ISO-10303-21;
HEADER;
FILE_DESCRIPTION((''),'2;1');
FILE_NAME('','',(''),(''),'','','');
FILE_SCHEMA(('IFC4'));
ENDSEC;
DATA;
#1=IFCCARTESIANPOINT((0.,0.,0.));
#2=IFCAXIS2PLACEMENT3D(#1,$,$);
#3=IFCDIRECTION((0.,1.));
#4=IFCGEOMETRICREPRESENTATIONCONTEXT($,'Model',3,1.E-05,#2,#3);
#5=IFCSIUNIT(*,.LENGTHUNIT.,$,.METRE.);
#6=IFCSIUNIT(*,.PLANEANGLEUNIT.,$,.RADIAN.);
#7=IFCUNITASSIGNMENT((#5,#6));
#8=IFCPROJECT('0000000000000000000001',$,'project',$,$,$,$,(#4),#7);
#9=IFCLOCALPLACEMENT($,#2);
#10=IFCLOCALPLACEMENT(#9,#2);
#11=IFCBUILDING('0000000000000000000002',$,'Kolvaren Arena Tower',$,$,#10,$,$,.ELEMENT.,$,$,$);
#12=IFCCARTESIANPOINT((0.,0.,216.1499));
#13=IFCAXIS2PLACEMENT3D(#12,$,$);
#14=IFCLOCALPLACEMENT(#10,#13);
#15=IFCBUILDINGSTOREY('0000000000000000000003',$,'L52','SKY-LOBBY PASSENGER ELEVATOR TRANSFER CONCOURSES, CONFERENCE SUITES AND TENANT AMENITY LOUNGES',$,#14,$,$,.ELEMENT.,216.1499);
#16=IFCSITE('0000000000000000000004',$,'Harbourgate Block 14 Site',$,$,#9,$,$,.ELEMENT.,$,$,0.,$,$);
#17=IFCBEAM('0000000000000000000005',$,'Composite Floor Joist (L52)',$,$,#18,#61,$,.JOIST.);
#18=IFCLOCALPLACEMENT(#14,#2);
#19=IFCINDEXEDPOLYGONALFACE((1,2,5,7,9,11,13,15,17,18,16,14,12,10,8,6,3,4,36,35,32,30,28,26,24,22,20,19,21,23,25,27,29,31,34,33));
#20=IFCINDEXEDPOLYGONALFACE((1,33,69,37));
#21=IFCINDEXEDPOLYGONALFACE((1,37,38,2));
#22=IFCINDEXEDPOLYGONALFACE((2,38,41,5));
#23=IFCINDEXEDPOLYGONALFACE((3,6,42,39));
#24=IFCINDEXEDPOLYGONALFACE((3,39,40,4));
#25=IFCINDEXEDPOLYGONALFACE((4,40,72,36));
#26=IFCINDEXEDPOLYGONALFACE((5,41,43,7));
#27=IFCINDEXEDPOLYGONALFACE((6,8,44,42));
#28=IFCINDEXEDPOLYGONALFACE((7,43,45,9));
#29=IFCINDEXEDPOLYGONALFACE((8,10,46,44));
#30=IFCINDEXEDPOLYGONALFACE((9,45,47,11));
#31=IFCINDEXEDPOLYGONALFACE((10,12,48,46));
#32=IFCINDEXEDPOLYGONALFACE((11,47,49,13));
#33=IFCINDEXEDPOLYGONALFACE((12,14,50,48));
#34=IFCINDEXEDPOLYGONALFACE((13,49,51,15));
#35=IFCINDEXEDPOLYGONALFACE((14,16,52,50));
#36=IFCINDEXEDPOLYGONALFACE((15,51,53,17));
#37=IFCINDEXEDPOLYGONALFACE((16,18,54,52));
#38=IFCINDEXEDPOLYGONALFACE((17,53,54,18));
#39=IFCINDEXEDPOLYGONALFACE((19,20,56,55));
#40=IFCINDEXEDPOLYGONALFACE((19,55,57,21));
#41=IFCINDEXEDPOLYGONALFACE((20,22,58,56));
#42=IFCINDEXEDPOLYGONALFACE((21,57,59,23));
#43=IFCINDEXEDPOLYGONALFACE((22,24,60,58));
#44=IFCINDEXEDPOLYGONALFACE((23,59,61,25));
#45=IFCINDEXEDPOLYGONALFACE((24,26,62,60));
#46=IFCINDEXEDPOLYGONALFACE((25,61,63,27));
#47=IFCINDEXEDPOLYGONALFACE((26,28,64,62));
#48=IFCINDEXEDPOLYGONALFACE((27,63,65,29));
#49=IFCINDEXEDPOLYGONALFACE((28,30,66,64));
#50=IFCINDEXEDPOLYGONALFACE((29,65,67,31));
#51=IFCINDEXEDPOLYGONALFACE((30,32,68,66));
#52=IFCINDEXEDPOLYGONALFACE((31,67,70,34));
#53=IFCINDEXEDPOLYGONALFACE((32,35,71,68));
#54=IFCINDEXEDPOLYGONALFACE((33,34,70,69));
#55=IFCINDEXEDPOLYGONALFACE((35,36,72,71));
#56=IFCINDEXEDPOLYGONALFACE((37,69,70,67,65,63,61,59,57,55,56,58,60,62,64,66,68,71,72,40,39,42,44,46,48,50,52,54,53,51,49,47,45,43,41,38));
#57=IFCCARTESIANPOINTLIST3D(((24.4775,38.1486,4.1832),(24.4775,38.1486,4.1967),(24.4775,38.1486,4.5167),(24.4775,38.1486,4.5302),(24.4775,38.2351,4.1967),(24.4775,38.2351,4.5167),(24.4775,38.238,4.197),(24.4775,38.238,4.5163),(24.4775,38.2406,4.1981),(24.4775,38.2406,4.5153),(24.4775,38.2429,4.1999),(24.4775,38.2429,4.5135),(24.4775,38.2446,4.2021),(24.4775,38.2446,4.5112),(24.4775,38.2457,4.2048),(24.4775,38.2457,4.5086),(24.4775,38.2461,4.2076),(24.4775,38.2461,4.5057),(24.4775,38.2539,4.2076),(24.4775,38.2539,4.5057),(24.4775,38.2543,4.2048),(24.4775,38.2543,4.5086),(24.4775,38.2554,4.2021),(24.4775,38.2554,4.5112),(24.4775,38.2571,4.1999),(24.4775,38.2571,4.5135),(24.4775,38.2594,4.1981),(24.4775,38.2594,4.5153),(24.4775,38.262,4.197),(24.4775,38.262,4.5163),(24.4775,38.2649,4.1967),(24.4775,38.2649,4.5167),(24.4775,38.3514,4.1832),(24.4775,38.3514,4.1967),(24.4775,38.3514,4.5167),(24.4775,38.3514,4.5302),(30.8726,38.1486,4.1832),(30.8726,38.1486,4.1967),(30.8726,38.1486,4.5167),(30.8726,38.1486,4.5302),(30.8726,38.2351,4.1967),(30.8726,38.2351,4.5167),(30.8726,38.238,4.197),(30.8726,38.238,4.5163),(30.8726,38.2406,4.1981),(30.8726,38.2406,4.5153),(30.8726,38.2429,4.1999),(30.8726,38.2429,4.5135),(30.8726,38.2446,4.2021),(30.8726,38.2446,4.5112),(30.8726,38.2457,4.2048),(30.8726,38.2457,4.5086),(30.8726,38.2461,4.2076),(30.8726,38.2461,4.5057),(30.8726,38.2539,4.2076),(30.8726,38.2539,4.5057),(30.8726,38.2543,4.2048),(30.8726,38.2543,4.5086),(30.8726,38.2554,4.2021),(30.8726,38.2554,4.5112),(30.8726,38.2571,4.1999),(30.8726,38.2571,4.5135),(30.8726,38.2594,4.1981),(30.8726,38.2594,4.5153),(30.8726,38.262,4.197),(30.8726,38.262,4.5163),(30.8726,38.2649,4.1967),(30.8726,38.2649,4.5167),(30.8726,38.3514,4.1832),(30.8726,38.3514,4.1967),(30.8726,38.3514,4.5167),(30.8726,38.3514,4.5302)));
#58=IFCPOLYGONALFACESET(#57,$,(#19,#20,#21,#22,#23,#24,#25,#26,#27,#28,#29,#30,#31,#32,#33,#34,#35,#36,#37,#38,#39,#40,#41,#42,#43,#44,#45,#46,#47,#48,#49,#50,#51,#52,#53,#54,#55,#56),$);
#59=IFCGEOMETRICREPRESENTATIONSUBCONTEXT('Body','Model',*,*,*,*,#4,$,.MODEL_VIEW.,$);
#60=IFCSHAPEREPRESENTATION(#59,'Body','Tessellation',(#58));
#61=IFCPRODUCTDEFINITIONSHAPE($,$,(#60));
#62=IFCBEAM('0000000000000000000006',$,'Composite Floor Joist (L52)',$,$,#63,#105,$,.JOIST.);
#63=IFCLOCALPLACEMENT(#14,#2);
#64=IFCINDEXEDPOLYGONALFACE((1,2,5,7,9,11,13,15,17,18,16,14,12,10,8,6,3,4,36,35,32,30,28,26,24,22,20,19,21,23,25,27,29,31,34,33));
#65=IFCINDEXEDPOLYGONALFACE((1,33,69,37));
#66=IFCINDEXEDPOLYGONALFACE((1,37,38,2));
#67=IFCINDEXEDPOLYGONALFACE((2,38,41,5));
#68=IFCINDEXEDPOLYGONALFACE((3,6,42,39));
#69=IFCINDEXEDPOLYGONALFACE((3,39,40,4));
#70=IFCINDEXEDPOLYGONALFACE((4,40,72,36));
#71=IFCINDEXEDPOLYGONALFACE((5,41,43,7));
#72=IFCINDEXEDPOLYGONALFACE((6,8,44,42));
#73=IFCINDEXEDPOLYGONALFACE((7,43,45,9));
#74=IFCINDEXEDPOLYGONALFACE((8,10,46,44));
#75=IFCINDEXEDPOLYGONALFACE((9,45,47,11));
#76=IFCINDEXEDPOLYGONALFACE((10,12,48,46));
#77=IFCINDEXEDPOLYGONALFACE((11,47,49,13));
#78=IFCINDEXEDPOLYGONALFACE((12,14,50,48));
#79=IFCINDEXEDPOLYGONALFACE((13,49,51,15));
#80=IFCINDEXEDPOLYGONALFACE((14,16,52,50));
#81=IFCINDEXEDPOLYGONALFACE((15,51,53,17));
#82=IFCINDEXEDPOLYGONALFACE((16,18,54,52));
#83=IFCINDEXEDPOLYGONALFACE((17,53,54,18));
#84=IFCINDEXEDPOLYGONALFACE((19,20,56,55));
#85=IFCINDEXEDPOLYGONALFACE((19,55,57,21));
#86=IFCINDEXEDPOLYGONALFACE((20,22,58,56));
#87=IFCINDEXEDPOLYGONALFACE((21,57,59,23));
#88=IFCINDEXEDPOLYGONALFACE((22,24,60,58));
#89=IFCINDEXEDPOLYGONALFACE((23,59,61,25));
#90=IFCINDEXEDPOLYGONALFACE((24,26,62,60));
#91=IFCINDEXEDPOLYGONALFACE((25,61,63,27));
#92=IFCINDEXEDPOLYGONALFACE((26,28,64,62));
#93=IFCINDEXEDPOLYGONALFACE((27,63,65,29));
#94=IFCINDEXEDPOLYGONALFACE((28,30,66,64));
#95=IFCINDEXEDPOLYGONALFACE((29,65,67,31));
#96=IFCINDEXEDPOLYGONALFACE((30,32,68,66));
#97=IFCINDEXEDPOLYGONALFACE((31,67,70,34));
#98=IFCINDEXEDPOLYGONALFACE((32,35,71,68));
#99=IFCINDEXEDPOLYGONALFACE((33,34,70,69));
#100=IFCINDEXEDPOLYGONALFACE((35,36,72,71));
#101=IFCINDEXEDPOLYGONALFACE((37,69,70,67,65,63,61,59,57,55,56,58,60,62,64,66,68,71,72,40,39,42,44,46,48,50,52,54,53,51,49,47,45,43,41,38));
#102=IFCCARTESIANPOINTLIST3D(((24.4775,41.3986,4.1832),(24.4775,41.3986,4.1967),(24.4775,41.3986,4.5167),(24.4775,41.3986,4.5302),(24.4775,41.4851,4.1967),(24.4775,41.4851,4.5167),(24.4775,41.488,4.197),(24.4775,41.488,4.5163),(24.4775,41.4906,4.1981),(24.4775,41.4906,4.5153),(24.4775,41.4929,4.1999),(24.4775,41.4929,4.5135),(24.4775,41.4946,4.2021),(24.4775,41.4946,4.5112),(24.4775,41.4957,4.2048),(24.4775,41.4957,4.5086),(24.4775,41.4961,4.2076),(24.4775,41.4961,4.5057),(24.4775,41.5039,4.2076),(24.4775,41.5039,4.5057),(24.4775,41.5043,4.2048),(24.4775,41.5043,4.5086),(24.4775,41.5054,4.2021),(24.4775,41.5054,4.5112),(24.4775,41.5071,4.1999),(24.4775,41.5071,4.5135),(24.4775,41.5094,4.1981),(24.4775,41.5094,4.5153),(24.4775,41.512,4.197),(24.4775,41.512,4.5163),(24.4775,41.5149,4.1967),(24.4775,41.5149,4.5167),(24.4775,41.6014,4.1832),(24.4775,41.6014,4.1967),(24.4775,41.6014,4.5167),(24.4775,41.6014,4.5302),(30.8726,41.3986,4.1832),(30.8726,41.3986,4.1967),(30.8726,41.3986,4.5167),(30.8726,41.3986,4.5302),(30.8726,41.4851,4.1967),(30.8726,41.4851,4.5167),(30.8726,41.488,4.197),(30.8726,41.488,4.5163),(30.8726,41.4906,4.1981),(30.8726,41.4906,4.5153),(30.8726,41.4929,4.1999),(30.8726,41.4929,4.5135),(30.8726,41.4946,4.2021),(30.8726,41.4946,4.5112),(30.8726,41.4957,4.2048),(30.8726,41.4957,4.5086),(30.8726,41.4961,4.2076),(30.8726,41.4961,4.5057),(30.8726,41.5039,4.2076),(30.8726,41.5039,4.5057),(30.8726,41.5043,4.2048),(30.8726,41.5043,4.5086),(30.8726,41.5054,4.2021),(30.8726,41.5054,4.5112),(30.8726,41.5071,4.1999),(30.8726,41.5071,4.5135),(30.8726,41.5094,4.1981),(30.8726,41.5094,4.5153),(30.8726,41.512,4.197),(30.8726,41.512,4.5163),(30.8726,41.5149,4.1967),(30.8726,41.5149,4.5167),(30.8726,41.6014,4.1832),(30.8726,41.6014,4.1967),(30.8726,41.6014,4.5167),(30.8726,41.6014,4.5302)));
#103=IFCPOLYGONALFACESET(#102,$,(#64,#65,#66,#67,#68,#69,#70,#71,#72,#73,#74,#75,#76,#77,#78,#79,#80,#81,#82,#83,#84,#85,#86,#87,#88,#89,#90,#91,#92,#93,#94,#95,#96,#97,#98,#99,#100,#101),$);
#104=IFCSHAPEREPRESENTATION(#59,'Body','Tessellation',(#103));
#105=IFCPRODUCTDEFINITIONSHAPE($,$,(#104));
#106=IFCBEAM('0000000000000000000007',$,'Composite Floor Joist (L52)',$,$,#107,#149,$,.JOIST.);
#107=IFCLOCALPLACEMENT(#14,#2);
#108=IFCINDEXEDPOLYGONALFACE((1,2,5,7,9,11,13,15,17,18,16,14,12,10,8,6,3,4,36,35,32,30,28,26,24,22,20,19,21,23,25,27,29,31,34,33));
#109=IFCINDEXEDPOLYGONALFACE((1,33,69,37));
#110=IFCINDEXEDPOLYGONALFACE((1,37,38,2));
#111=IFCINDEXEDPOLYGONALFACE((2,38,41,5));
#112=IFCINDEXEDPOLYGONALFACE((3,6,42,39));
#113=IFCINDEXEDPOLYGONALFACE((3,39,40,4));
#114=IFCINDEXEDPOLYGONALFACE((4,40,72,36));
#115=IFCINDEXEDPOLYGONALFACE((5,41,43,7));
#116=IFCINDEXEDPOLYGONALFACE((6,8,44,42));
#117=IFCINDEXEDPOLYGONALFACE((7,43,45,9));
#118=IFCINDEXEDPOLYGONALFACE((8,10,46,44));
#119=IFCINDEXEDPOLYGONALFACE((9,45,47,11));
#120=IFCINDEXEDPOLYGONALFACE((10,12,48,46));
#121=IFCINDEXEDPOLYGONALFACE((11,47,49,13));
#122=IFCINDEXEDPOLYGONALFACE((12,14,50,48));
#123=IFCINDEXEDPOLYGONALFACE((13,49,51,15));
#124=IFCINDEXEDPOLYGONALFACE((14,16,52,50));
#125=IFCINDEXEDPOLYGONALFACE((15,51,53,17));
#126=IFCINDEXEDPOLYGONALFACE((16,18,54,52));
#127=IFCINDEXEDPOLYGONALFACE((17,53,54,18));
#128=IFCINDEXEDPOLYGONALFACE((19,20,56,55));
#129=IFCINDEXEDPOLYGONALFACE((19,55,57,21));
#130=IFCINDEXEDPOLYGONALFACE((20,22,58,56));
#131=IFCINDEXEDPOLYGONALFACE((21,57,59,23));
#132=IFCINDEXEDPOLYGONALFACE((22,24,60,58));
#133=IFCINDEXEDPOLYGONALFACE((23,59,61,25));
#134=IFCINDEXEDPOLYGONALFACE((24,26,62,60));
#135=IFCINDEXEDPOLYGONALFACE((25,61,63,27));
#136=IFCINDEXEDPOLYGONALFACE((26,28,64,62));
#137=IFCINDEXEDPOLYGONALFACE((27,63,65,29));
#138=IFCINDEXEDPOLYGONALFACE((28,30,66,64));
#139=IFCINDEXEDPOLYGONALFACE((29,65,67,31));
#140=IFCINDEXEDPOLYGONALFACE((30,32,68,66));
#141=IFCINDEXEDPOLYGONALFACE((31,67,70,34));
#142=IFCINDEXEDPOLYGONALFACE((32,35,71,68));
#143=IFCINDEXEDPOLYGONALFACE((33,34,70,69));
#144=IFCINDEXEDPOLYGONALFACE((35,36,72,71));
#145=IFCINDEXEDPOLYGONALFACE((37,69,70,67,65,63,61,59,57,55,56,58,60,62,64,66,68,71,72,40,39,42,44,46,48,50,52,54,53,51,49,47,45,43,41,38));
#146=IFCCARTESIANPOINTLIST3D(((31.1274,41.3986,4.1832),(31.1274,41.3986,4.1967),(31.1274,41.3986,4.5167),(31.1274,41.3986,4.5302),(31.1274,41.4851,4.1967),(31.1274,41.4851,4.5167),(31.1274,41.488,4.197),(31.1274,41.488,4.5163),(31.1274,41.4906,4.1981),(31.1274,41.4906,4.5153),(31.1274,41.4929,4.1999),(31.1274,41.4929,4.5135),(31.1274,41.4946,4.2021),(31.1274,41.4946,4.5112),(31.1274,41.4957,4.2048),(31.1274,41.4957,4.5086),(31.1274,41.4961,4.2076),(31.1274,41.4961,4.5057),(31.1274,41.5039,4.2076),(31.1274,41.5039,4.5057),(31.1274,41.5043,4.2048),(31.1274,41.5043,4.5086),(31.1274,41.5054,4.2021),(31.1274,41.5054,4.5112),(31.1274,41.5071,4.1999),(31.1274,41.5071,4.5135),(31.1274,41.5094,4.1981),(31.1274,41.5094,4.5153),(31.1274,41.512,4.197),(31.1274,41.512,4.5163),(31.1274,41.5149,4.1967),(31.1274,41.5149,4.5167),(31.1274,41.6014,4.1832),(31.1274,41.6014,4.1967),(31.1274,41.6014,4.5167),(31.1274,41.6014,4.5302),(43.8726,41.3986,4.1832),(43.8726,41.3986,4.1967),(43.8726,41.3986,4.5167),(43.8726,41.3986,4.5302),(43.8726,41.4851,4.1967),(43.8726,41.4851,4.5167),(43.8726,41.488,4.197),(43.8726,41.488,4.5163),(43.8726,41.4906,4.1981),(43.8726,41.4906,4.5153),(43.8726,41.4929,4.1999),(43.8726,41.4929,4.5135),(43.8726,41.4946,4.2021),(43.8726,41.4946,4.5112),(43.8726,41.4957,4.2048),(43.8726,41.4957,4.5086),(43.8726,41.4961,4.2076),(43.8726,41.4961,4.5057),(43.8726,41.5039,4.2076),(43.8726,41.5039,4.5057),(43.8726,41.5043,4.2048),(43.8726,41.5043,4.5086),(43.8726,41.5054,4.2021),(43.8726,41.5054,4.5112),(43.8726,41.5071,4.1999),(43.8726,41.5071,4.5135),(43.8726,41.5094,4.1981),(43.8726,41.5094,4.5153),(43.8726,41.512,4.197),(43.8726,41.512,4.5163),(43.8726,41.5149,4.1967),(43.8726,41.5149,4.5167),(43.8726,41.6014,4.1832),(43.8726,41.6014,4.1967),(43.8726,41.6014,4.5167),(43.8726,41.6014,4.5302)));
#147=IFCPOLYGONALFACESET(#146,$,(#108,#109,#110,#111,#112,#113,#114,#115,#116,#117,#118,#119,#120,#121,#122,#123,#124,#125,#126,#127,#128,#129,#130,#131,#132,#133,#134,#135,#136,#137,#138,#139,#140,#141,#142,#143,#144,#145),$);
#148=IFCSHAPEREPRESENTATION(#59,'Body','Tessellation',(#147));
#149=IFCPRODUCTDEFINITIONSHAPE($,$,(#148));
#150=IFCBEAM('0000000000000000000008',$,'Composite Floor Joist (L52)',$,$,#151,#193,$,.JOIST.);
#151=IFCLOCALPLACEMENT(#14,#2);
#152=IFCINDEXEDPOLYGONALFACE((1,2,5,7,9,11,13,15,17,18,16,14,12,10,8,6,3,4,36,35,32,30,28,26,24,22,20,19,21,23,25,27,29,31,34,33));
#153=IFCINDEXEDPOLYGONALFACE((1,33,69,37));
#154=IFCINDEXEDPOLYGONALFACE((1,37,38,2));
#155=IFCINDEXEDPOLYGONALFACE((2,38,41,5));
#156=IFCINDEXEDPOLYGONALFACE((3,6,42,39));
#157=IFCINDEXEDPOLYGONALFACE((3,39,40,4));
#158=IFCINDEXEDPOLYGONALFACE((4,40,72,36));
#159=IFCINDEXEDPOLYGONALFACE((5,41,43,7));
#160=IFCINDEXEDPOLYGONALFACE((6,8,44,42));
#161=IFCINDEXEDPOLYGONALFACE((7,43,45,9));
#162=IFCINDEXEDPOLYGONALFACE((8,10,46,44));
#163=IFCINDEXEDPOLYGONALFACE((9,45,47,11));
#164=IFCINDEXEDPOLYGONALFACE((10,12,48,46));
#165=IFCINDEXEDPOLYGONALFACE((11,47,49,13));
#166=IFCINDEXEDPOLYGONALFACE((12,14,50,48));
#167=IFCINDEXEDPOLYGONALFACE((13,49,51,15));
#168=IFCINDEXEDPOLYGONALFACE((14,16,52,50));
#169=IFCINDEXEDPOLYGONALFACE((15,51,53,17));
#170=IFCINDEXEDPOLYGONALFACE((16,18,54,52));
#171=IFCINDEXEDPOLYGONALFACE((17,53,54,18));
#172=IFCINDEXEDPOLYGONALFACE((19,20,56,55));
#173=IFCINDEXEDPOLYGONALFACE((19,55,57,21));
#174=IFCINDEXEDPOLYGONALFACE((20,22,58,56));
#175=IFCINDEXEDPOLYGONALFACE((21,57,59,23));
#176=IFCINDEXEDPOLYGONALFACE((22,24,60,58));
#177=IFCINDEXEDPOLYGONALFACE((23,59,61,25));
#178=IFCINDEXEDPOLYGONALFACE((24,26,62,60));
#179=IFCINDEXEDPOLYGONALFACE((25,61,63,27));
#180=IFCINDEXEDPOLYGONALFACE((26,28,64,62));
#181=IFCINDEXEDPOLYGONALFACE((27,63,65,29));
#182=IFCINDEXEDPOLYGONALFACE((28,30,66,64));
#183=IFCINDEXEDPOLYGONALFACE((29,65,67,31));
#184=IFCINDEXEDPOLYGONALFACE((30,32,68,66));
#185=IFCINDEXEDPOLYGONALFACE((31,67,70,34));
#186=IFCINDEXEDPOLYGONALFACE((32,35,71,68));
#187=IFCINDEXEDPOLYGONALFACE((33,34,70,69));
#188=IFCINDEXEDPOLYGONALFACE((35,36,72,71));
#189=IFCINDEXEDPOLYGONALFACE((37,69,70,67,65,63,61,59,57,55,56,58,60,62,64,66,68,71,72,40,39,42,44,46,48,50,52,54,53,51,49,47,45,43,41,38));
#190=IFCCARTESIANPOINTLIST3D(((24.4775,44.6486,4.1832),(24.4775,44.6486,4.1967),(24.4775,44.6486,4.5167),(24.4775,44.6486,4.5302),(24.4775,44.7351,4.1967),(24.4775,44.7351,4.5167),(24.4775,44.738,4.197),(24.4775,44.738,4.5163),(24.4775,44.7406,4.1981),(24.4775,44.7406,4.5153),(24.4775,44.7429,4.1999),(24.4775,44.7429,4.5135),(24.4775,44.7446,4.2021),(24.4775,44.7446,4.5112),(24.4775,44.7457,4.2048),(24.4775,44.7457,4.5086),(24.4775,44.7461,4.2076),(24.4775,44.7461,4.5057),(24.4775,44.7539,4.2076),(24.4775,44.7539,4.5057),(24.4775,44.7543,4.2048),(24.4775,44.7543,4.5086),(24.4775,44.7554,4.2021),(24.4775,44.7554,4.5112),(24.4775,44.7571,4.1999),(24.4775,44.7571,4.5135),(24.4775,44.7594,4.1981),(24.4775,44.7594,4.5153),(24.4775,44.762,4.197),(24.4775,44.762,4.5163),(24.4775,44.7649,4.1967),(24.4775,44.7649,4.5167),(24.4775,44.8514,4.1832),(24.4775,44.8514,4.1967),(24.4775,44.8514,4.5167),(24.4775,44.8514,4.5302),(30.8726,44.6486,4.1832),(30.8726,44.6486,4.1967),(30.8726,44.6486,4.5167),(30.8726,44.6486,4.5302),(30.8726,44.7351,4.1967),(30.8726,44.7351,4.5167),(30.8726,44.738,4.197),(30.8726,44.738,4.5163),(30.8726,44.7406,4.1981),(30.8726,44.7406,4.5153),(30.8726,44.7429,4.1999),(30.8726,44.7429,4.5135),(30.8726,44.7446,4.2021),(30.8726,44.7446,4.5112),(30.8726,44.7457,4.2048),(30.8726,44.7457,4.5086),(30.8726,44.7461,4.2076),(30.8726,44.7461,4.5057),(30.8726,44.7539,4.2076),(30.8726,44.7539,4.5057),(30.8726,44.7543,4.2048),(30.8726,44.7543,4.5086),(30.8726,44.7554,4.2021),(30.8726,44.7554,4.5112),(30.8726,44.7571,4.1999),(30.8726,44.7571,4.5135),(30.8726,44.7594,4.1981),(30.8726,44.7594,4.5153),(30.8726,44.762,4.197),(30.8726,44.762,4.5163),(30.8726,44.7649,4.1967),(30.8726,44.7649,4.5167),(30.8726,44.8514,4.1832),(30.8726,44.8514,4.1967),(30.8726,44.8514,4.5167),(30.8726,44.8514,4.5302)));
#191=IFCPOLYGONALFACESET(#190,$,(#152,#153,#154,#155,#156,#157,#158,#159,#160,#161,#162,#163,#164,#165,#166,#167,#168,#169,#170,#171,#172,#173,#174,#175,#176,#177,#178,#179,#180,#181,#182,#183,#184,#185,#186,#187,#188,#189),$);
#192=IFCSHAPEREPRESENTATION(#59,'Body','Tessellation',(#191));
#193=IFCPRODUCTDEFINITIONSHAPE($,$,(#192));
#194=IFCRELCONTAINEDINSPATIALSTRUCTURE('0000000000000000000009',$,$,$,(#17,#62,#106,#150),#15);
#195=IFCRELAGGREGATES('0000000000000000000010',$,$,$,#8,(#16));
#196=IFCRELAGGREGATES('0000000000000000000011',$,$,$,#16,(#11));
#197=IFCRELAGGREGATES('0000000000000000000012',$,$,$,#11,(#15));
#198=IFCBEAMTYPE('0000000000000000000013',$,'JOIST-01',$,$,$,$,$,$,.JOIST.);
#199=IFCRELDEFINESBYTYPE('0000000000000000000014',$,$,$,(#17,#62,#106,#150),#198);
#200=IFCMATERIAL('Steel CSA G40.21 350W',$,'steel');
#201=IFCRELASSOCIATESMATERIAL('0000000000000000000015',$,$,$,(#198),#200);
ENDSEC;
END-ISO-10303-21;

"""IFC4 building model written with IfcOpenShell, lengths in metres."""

from ifc_helpers import new_model, si_unit, direction, frame, origin, origin_2d, place, context, subcontext, project, spatial, i_section, extrude, material, material_profile, profile_set, type_object, element, save


model = new_model("IFC4")

# Units and contexts
model_context = context("Model", 3, precision=1e-05, world=origin(), true_north=direction((0.0, 1.0)))
body_context = subcontext(model_context, "Body", "Model", "MODEL_VIEW")
ifc_project = project(units=[si_unit("LENGTHUNIT", "METRE"), si_unit("PLANEANGLEUNIT", "RADIAN")], contexts=[model_context])

# Site, building, storey
site_placement = place(None, origin())
site = spatial("IfcSite", under=ifc_project, at=site_placement, Name="Harbourgate Block 14 Site", CompositionType="ELEMENT", RefElevation=0.0)
building_placement = place(site_placement, origin())
building = spatial("IfcBuilding", under=site, at=building_placement, Name="Kolvaren Arena Tower", CompositionType="ELEMENT")
storey_placement = place(building_placement, frame((0.0, 0.0, 216.1499)))
storey = spatial("IfcBuildingStorey", under=building, at=storey_placement, Name="L52", Description="SKY-LOBBY PASSENGER ELEVATOR TRANSFER CONCOURSES, CONFERENCE SUITES AND TENANT AMENITY LOUNGES", CompositionType="ELEMENT", Elevation=216.1499)

# Beams
ifc_material_1 = material(Name="Steel CSA G40.21 350W", Category="steel")
ifc_material_profile_1 = material_profile(ifc_material_1, i_section(OverallWidth=0.2029, OverallDepth=0.3469, WebThickness=0.0078, FlangeThickness=0.0134, FilletRadius=0.011, at=origin_2d()), Name="W360x64")
ifc_profile_set_1 = profile_set([ifc_material_profile_1], Name="Steel CSA G40.21 350W")
beam_type_1 = type_object("IfcBeamType", Name="JOIST-01", PredefinedType="JOIST", material=ifc_profile_set_1)
for number, where, z_axis, x_axis, name in (
    (1, (24.4775, 38.25, 4.3567), (1.0, 0.0, 0.0), (0.0, 1.0, 0.0), "Composite Floor Joist (L52)"),
    (2, (24.4775, 41.5, 4.3567), (1.0, 0.0, 0.0), (0.0, 1.0, 0.0), "Composite Floor Joist (L52)"),
):
    element("IfcBeam", number, at=place(storey_placement, frame(where, z_axis=z_axis, x_axis=x_axis)), inside=storey, type_object=beam_type_1, Name=name, PredefinedType="JOIST", context=body_context, shape_type="SweptSolid", body=[
        extrude(i_section(OverallWidth=0.2029, OverallDepth=0.3469, WebThickness=0.0078, FlangeThickness=0.0134, FilletRadius=0.011, at=origin_2d()), origin(), (0.0, 0.0, 1.0), 6.395),
    ])
beam_1_placement = place(storey_placement, frame((31.1274, 41.5, 4.3567), z_axis=(1.0, 0.0, 0.0), x_axis=(0.0, 1.0, 0.0)))
element("IfcBeam", 3, at=beam_1_placement, inside=storey, type_object=beam_type_1, Name="Composite Floor Joist (L52)", PredefinedType="JOIST", context=body_context, shape_type="SweptSolid", body=[
    extrude(i_section(OverallWidth=0.2029, OverallDepth=0.3469, WebThickness=0.0078, FlangeThickness=0.0134, FilletRadius=0.011, at=origin_2d()), origin(), (0.0, 0.0, 1.0), 12.7451),
])
beam_2_placement = place(storey_placement, frame((24.4775, 44.75, 4.3567), z_axis=(1.0, 0.0, 0.0), x_axis=(0.0, 1.0, 0.0)))
element("IfcBeam", 4, at=beam_2_placement, inside=storey, type_object=beam_type_1, Name="Composite Floor Joist (L52)", PredefinedType="JOIST", context=body_context, shape_type="SweptSolid", body=[
    extrude(i_section(OverallWidth=0.2029, OverallDepth=0.3469, WebThickness=0.0078, FlangeThickness=0.0134, FilletRadius=0.011, at=origin_2d()), origin(), (0.0, 0.0, 1.0), 6.395),
])

save(model, "model.ifc")
